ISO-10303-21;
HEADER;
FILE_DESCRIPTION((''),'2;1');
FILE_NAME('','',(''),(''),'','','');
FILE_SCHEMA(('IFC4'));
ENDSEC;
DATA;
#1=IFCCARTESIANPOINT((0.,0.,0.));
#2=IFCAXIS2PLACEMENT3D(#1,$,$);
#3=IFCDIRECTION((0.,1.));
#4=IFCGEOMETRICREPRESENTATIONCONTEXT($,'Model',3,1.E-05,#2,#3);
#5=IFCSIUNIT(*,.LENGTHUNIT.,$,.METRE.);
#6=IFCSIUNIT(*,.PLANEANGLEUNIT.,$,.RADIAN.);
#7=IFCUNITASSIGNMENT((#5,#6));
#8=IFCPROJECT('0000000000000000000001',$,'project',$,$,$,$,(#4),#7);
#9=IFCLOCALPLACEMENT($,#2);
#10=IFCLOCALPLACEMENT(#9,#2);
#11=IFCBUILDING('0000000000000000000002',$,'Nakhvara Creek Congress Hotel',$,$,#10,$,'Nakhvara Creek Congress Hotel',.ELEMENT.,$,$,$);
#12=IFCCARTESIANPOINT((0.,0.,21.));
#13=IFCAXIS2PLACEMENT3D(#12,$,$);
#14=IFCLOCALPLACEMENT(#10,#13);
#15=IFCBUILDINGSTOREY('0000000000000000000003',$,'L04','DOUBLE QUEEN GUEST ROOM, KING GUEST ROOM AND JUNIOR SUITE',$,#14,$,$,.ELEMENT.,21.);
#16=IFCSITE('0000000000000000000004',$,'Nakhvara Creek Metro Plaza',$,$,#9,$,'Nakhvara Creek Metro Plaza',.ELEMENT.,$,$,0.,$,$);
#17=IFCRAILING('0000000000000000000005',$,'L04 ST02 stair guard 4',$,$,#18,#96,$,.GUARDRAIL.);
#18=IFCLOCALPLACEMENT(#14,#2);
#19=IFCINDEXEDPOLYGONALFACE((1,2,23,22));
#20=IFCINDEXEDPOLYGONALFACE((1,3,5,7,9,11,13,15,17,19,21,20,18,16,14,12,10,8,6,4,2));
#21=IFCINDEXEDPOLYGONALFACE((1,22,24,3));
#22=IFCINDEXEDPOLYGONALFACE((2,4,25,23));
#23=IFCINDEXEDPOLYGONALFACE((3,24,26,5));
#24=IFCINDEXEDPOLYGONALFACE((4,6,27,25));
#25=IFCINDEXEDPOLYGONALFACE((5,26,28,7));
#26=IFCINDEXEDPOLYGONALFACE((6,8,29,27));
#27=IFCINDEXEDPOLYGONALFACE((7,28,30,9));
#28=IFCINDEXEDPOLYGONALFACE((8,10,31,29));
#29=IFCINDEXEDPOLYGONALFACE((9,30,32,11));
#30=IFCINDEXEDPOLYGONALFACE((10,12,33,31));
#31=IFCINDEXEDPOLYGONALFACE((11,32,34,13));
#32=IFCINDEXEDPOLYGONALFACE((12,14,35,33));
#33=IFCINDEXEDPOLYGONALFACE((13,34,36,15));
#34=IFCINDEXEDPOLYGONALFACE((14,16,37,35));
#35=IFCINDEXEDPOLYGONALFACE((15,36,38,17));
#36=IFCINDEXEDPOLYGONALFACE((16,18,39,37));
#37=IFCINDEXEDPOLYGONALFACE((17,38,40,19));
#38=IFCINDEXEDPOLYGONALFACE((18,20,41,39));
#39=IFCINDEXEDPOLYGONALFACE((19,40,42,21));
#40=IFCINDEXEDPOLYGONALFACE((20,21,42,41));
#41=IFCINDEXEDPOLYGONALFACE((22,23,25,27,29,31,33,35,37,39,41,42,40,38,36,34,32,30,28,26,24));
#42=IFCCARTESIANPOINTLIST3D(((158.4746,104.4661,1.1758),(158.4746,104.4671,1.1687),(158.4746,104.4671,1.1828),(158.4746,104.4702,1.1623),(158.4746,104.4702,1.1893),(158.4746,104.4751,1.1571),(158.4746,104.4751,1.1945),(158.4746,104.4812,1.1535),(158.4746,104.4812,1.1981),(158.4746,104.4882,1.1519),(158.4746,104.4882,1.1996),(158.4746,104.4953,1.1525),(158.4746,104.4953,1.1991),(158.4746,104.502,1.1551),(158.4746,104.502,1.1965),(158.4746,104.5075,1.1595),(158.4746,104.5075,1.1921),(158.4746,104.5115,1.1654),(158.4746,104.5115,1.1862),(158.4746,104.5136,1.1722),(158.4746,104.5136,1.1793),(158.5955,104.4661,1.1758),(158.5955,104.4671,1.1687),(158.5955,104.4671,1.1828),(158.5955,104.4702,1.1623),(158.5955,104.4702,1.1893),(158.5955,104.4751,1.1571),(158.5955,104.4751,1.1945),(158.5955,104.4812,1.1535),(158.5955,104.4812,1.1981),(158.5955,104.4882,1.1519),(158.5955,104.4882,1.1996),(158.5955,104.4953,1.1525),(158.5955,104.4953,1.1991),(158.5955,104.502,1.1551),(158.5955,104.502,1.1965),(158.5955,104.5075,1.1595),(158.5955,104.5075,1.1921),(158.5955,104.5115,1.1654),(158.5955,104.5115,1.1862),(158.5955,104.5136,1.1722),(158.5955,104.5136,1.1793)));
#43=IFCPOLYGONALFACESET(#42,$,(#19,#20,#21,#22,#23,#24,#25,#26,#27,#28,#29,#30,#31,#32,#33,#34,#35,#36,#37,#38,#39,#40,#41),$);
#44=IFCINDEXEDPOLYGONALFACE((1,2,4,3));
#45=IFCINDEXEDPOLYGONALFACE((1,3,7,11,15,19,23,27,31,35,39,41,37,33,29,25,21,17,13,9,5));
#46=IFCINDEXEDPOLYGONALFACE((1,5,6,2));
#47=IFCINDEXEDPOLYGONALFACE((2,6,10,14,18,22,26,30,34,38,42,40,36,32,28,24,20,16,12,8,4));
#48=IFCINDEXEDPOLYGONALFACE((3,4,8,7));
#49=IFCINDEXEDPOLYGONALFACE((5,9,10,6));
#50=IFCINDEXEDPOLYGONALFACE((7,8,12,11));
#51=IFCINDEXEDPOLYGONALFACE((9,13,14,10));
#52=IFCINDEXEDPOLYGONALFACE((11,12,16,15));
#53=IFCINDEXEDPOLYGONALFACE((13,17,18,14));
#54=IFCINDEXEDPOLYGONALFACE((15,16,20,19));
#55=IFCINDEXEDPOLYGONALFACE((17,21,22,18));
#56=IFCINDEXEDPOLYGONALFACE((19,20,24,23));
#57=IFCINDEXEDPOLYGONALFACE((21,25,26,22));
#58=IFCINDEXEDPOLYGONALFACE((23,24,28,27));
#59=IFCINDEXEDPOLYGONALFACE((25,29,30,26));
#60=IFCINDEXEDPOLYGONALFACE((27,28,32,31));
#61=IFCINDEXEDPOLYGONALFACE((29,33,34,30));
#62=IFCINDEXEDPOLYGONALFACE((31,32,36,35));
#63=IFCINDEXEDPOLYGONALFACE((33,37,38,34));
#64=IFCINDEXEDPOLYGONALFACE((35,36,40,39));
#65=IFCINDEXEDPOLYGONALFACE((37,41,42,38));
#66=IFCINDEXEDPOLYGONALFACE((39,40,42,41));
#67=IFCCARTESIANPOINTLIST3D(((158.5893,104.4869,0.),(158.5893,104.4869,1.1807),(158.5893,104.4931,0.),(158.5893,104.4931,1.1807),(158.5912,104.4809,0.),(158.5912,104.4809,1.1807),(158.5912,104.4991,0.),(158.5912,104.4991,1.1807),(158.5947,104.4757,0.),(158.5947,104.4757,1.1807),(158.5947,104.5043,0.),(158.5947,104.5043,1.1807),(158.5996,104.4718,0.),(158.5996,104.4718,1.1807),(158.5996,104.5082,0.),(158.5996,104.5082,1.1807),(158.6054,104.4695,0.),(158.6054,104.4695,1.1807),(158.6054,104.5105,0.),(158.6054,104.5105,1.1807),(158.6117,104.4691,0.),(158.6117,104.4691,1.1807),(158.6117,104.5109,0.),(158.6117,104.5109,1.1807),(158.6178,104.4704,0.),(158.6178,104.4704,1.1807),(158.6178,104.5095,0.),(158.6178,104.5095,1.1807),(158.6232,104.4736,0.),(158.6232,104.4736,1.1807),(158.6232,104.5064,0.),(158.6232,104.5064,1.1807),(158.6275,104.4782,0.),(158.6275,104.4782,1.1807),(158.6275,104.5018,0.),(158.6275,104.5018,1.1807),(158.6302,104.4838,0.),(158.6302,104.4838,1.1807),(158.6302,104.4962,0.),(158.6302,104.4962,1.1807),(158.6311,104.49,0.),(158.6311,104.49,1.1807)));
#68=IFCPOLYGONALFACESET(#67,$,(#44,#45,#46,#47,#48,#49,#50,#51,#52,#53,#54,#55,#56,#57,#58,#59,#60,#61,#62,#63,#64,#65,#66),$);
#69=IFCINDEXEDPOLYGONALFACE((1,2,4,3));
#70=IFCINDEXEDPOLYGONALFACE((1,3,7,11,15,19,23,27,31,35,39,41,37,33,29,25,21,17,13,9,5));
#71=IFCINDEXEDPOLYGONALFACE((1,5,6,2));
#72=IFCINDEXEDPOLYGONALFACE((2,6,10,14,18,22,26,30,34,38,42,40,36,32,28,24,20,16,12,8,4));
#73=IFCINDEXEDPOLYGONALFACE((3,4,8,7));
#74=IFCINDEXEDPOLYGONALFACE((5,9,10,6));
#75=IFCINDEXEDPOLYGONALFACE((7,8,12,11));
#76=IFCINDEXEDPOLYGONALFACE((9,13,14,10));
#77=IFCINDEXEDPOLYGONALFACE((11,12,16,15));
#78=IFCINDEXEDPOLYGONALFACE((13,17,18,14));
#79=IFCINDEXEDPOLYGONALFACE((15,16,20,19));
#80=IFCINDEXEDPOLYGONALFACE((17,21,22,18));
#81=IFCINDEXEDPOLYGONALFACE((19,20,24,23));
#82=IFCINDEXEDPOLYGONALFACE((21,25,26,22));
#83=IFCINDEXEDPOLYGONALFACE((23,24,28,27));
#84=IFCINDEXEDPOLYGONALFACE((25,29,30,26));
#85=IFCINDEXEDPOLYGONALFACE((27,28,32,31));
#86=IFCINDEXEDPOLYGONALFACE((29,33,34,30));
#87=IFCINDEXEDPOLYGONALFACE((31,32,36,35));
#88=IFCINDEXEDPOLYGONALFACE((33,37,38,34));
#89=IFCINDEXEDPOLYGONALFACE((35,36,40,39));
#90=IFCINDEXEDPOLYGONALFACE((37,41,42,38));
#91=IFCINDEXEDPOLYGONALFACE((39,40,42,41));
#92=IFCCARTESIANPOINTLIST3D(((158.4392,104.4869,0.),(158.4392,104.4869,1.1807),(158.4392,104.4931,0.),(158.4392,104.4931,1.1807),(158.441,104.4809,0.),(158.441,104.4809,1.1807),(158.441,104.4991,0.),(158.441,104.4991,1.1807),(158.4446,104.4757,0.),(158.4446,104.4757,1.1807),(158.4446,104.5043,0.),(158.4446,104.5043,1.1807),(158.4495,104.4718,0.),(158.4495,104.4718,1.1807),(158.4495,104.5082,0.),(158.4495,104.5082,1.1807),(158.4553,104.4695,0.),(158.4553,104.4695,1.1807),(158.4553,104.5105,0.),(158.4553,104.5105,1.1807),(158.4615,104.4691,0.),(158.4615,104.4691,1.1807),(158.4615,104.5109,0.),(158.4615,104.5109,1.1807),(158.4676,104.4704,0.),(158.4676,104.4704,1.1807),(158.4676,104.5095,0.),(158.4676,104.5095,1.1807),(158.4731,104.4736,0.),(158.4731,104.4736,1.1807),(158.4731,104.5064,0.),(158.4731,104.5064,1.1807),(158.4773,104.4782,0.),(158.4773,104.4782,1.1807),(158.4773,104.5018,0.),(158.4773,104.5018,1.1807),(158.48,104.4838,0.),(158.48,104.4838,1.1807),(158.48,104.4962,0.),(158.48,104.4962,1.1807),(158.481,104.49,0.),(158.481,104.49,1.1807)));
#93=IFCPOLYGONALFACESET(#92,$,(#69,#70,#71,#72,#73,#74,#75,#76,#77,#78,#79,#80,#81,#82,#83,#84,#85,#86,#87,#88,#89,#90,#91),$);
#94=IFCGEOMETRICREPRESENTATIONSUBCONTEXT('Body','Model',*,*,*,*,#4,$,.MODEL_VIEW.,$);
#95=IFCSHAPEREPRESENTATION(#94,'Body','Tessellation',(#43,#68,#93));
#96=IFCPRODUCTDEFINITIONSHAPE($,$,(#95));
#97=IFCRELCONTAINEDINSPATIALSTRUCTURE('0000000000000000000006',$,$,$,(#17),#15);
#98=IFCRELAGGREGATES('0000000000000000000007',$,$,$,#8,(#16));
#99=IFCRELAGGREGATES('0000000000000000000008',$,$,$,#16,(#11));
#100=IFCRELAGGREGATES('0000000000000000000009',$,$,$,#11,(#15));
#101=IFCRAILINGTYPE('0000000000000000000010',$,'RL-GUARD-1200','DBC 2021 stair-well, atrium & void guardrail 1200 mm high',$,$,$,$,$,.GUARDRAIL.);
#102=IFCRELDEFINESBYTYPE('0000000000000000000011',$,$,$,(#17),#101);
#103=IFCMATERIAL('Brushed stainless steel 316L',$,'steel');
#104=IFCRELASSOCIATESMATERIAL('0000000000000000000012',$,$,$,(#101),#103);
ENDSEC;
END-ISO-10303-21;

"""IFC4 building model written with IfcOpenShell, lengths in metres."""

from ifc_helpers import new_model, si_unit, direction, frame, origin, origin_2d, place, context, subcontext, project, spatial, circle, extrude, material, type_object, element, save


model = new_model("IFC4")

# Units and contexts
model_context = context("Model", 3, precision=1e-05, world=origin(), true_north=direction((0.0, 1.0)))
body_context = subcontext(model_context, "Body", "Model", "MODEL_VIEW")
ifc_project = project(units=[si_unit("LENGTHUNIT", "METRE"), si_unit("PLANEANGLEUNIT", "RADIAN")], contexts=[model_context])

# Site, building, storey
site_placement = place(None, origin())
site = spatial("IfcSite", under=ifc_project, at=site_placement, Name="Nakhvara Creek Metro Plaza", LongName="Nakhvara Creek Metro Plaza", CompositionType="ELEMENT", RefElevation=0.0)
building_placement = place(site_placement, origin())
building = spatial("IfcBuilding", under=site, at=building_placement, Name="Nakhvara Creek Congress Hotel", LongName="Nakhvara Creek Congress Hotel", CompositionType="ELEMENT")
storey_placement = place(building_placement, frame((0.0, 0.0, 21.0)))
storey = spatial("IfcBuildingStorey", under=building, at=storey_placement, Name="L04", Description="DOUBLE QUEEN GUEST ROOM, KING GUEST ROOM AND JUNIOR SUITE", CompositionType="ELEMENT", Elevation=21.0)

# Railing
ifc_material_1 = material(Name="Brushed stainless steel 316L", Category="steel")
railing_type_1 = type_object("IfcRailingType", Name="RL-GUARD-1200", Description="DBC 2021 stair-well, atrium & void guardrail 1200 mm high", PredefinedType="GUARDRAIL", material=ifc_material_1)
railing_1_placement = place(storey_placement, frame((158.6101, 104.49, 0.0)))
element("IfcRailing", 1, at=railing_1_placement, inside=storey, type_object=railing_type_1, Name="L04 ST02 stair guard 4", PredefinedType="GUARDRAIL", context=body_context, shape_type="SweptSolid", body=[
    extrude(circle(Radius=0.0239, at=origin_2d()), frame((-0.0146, 0.0, 1.1758), z_axis=(-1.0, 0.0, 0.0), x_axis=(0.0, -1.0, 0.0)), (0.0, 0.0, 1.0), 0.1208),
    extrude(circle(Radius=0.021, at=origin_2d()), origin(), (0.0, 0.0, 1.0), 1.1807),
    extrude(circle(Radius=0.021, at=origin_2d()), frame((-0.1501, 0.0, 0.0)), (0.0, 0.0, 1.0), 1.1807),
])

save(model, "model.ifc")
